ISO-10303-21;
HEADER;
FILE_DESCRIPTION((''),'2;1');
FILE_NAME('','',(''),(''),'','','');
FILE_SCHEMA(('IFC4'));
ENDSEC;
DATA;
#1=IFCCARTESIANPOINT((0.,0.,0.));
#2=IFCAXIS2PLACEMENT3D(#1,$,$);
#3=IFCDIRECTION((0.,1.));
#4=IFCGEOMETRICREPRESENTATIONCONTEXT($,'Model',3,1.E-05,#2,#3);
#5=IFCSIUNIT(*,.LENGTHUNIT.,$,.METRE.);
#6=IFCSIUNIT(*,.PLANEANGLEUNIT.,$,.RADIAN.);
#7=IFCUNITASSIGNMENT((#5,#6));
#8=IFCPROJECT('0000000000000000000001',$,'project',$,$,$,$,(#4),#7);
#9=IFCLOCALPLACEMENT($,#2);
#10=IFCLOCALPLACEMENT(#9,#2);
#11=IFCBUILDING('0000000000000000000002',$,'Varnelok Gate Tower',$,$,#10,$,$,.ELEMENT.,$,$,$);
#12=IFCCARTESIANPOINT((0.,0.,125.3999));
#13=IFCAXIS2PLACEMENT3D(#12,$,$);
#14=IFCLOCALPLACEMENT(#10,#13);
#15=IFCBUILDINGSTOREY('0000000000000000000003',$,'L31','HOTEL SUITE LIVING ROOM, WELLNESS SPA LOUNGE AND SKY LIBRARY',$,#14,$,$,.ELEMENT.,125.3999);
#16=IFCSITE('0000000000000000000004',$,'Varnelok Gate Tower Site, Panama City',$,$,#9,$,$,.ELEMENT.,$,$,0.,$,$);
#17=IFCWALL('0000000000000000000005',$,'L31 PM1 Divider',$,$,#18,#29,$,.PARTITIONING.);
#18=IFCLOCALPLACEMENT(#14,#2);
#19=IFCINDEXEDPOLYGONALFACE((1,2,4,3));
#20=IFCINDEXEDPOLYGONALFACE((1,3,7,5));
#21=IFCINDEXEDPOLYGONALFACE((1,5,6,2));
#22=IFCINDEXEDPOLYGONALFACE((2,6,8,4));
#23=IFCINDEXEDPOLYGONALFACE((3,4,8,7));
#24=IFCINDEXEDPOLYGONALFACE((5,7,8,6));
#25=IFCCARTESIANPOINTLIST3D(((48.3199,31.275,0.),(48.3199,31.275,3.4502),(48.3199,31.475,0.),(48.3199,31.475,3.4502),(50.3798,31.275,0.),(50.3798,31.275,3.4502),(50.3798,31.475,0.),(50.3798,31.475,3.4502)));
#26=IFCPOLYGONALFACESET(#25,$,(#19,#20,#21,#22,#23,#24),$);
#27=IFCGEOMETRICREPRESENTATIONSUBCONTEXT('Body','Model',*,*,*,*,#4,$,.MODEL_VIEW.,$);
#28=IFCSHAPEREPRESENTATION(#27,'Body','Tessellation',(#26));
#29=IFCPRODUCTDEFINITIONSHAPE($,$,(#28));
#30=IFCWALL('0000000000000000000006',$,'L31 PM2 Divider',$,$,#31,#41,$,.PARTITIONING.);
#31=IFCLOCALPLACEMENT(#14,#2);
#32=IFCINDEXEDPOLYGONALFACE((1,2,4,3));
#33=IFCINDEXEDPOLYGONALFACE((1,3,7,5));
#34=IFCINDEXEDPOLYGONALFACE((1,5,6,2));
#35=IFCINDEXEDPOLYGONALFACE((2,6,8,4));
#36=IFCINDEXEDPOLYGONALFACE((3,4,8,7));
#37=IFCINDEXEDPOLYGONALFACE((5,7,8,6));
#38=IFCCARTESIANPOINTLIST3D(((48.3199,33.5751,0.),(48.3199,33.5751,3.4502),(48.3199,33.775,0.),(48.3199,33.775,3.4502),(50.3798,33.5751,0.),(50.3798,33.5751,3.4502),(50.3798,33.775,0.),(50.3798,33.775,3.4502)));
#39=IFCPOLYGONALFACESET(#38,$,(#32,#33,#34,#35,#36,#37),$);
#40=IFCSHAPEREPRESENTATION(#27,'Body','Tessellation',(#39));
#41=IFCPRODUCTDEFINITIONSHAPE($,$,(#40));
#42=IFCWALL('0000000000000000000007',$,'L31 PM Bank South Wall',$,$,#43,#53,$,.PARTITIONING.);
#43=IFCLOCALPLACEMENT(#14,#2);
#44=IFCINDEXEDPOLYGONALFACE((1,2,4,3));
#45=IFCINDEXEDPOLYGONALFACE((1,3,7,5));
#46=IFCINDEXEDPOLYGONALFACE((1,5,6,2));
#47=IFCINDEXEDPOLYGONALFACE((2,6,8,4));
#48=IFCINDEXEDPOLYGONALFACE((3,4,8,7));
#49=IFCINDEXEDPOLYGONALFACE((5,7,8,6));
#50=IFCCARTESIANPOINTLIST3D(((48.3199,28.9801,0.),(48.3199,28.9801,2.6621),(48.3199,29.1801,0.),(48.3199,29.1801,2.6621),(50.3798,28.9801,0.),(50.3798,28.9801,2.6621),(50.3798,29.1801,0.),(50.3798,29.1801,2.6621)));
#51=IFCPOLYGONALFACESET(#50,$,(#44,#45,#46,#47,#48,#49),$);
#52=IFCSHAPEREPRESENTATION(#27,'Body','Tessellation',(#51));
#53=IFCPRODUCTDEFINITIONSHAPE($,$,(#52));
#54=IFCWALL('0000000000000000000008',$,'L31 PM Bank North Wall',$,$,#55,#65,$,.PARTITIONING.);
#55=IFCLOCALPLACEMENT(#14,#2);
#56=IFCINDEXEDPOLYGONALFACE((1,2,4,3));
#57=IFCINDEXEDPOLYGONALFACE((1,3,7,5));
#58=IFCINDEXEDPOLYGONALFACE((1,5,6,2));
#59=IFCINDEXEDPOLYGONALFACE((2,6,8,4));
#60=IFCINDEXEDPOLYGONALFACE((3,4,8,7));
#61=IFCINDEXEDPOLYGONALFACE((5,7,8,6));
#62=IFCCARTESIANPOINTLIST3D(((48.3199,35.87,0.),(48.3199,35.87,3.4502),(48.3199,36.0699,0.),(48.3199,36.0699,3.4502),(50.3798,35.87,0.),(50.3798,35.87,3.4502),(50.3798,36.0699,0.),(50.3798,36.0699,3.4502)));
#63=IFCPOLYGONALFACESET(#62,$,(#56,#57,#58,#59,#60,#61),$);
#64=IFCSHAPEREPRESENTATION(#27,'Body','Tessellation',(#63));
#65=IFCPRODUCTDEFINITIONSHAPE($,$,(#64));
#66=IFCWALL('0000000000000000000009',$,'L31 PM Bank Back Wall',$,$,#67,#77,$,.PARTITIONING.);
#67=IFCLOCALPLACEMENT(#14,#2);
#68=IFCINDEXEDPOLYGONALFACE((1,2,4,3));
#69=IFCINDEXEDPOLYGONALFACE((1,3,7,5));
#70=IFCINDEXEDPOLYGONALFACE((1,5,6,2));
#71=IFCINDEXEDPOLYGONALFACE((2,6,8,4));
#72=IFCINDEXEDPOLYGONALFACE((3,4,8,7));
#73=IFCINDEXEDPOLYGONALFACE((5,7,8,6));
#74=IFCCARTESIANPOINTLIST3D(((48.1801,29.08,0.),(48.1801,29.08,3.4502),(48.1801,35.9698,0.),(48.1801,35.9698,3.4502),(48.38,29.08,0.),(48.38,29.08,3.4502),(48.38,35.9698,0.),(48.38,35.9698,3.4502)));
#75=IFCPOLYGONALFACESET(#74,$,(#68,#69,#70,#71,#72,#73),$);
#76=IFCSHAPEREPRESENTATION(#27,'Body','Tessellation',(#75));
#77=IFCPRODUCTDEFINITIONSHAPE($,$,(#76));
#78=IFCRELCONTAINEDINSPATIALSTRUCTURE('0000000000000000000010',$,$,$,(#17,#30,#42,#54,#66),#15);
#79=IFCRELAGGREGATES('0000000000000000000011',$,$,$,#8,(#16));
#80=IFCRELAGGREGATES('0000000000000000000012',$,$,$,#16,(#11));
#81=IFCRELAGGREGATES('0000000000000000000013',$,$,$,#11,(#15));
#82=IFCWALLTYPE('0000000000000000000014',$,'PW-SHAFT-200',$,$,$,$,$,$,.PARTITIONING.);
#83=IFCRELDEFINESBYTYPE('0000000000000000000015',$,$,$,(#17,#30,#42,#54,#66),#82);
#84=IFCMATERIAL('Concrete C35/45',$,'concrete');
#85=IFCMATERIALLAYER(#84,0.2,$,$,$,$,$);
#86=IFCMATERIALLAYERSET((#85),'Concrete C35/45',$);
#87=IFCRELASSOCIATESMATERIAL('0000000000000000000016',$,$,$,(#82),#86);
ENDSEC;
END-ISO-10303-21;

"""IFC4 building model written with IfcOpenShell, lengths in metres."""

from ifc_helpers import new_model, si_unit, direction, frame, frame_2d, origin, place, context, subcontext, project, spatial, rectangle, extrude, material, layer, layer_set, type_object, element, save


model = new_model("IFC4")

# Units and contexts
model_context = context("Model", 3, precision=1e-05, world=origin(), true_north=direction((0.0, 1.0)))
body_context = subcontext(model_context, "Body", "Model", "MODEL_VIEW")
ifc_project = project(units=[si_unit("LENGTHUNIT", "METRE"), si_unit("PLANEANGLEUNIT", "RADIAN")], contexts=[model_context])

# Site, building, storey
site_placement = place(None, origin())
site = spatial("IfcSite", under=ifc_project, at=site_placement, Name="Varnelok Gate Tower Site, Panama City", CompositionType="ELEMENT", RefElevation=0.0)
building_placement = place(site_placement, origin())
building = spatial("IfcBuilding", under=site, at=building_placement, Name="Varnelok Gate Tower", CompositionType="ELEMENT")
storey_placement = place(building_placement, frame((0.0, 0.0, 125.3999)))
storey = spatial("IfcBuildingStorey", under=building, at=storey_placement, Name="L31", Description="HOTEL SUITE LIVING ROOM, WELLNESS SPA LOUNGE AND SKY LIBRARY", CompositionType="ELEMENT", Elevation=125.3999)

# Walls
ifc_material_1 = material(Name="Concrete C35/45", Category="concrete")
ifc_layer_1 = layer(ifc_material_1, 0.2)
ifc_layer_set_1 = layer_set([ifc_layer_1], Name="Concrete C35/45")
wall_type_1 = type_object("IfcWallType", Name="PW-SHAFT-200", PredefinedType="PARTITIONING", material=ifc_layer_set_1)
for number, where, z_axis, x_axis, name in (
    (1, (48.3201, 31.375, 0.0), (0.0, 0.0, 1.0), (1.0, 0.0, 0.0), "L31 PM1 Divider"),
    (2, (48.3201, 33.675, 0.0), (0.0, 0.0, 1.0), (1.0, 0.0, 0.0), "L31 PM2 Divider"),
):
    element("IfcWall", number, at=place(storey_placement, frame(where, z_axis=z_axis, x_axis=x_axis)), inside=storey, type_object=wall_type_1, Name=name, PredefinedType="PARTITIONING", context=body_context, shape_type="SweptSolid", body=[
        extrude(rectangle(XDim=2.0598, YDim=0.2, at=frame_2d((1.0298, 0.0))), origin(), (0.0, 0.0, 1.0), 3.4502),
    ])
wall_1_placement = place(storey_placement, frame((48.3201, 29.0801, 0.0), z_axis=(0.0, 0.0, 1.0), x_axis=(1.0, 0.0, 0.0)))
element("IfcWall", 3, at=wall_1_placement, inside=storey, type_object=wall_type_1, Name="L31 PM Bank South Wall", PredefinedType="PARTITIONING", context=body_context, shape_type="SweptSolid", body=[
    extrude(rectangle(XDim=2.0598, YDim=0.2, at=frame_2d((1.0298, 0.0))), origin(), (0.0, 0.0, 1.0), 2.6621),
])
wall_2_placement = place(storey_placement, frame((48.3201, 35.97, 0.0), z_axis=(0.0, 0.0, 1.0), x_axis=(1.0, 0.0, 0.0)))
element("IfcWall", 4, at=wall_2_placement, inside=storey, type_object=wall_type_1, Name="L31 PM Bank North Wall", PredefinedType="PARTITIONING", context=body_context, shape_type="SweptSolid", body=[
    extrude(rectangle(XDim=2.0598, YDim=0.2, at=frame_2d((1.0298, 0.0))), origin(), (0.0, 0.0, 1.0), 3.4502),
])
wall_3_placement = place(storey_placement, frame((48.28, 29.0801, 0.0), z_axis=(0.0, 0.0, 1.0), x_axis=(0.0, 1.0, 0.0)))
element("IfcWall", 5, at=wall_3_placement, inside=storey, type_object=wall_type_1, Name="L31 PM Bank Back Wall", PredefinedType="PARTITIONING", context=body_context, shape_type="SweptSolid", body=[
    extrude(rectangle(XDim=6.8899, YDim=0.2, at=frame_2d((3.4448, 0.0))), origin(), (0.0, 0.0, 1.0), 3.4502),
])

save(model, "model.ifc")
